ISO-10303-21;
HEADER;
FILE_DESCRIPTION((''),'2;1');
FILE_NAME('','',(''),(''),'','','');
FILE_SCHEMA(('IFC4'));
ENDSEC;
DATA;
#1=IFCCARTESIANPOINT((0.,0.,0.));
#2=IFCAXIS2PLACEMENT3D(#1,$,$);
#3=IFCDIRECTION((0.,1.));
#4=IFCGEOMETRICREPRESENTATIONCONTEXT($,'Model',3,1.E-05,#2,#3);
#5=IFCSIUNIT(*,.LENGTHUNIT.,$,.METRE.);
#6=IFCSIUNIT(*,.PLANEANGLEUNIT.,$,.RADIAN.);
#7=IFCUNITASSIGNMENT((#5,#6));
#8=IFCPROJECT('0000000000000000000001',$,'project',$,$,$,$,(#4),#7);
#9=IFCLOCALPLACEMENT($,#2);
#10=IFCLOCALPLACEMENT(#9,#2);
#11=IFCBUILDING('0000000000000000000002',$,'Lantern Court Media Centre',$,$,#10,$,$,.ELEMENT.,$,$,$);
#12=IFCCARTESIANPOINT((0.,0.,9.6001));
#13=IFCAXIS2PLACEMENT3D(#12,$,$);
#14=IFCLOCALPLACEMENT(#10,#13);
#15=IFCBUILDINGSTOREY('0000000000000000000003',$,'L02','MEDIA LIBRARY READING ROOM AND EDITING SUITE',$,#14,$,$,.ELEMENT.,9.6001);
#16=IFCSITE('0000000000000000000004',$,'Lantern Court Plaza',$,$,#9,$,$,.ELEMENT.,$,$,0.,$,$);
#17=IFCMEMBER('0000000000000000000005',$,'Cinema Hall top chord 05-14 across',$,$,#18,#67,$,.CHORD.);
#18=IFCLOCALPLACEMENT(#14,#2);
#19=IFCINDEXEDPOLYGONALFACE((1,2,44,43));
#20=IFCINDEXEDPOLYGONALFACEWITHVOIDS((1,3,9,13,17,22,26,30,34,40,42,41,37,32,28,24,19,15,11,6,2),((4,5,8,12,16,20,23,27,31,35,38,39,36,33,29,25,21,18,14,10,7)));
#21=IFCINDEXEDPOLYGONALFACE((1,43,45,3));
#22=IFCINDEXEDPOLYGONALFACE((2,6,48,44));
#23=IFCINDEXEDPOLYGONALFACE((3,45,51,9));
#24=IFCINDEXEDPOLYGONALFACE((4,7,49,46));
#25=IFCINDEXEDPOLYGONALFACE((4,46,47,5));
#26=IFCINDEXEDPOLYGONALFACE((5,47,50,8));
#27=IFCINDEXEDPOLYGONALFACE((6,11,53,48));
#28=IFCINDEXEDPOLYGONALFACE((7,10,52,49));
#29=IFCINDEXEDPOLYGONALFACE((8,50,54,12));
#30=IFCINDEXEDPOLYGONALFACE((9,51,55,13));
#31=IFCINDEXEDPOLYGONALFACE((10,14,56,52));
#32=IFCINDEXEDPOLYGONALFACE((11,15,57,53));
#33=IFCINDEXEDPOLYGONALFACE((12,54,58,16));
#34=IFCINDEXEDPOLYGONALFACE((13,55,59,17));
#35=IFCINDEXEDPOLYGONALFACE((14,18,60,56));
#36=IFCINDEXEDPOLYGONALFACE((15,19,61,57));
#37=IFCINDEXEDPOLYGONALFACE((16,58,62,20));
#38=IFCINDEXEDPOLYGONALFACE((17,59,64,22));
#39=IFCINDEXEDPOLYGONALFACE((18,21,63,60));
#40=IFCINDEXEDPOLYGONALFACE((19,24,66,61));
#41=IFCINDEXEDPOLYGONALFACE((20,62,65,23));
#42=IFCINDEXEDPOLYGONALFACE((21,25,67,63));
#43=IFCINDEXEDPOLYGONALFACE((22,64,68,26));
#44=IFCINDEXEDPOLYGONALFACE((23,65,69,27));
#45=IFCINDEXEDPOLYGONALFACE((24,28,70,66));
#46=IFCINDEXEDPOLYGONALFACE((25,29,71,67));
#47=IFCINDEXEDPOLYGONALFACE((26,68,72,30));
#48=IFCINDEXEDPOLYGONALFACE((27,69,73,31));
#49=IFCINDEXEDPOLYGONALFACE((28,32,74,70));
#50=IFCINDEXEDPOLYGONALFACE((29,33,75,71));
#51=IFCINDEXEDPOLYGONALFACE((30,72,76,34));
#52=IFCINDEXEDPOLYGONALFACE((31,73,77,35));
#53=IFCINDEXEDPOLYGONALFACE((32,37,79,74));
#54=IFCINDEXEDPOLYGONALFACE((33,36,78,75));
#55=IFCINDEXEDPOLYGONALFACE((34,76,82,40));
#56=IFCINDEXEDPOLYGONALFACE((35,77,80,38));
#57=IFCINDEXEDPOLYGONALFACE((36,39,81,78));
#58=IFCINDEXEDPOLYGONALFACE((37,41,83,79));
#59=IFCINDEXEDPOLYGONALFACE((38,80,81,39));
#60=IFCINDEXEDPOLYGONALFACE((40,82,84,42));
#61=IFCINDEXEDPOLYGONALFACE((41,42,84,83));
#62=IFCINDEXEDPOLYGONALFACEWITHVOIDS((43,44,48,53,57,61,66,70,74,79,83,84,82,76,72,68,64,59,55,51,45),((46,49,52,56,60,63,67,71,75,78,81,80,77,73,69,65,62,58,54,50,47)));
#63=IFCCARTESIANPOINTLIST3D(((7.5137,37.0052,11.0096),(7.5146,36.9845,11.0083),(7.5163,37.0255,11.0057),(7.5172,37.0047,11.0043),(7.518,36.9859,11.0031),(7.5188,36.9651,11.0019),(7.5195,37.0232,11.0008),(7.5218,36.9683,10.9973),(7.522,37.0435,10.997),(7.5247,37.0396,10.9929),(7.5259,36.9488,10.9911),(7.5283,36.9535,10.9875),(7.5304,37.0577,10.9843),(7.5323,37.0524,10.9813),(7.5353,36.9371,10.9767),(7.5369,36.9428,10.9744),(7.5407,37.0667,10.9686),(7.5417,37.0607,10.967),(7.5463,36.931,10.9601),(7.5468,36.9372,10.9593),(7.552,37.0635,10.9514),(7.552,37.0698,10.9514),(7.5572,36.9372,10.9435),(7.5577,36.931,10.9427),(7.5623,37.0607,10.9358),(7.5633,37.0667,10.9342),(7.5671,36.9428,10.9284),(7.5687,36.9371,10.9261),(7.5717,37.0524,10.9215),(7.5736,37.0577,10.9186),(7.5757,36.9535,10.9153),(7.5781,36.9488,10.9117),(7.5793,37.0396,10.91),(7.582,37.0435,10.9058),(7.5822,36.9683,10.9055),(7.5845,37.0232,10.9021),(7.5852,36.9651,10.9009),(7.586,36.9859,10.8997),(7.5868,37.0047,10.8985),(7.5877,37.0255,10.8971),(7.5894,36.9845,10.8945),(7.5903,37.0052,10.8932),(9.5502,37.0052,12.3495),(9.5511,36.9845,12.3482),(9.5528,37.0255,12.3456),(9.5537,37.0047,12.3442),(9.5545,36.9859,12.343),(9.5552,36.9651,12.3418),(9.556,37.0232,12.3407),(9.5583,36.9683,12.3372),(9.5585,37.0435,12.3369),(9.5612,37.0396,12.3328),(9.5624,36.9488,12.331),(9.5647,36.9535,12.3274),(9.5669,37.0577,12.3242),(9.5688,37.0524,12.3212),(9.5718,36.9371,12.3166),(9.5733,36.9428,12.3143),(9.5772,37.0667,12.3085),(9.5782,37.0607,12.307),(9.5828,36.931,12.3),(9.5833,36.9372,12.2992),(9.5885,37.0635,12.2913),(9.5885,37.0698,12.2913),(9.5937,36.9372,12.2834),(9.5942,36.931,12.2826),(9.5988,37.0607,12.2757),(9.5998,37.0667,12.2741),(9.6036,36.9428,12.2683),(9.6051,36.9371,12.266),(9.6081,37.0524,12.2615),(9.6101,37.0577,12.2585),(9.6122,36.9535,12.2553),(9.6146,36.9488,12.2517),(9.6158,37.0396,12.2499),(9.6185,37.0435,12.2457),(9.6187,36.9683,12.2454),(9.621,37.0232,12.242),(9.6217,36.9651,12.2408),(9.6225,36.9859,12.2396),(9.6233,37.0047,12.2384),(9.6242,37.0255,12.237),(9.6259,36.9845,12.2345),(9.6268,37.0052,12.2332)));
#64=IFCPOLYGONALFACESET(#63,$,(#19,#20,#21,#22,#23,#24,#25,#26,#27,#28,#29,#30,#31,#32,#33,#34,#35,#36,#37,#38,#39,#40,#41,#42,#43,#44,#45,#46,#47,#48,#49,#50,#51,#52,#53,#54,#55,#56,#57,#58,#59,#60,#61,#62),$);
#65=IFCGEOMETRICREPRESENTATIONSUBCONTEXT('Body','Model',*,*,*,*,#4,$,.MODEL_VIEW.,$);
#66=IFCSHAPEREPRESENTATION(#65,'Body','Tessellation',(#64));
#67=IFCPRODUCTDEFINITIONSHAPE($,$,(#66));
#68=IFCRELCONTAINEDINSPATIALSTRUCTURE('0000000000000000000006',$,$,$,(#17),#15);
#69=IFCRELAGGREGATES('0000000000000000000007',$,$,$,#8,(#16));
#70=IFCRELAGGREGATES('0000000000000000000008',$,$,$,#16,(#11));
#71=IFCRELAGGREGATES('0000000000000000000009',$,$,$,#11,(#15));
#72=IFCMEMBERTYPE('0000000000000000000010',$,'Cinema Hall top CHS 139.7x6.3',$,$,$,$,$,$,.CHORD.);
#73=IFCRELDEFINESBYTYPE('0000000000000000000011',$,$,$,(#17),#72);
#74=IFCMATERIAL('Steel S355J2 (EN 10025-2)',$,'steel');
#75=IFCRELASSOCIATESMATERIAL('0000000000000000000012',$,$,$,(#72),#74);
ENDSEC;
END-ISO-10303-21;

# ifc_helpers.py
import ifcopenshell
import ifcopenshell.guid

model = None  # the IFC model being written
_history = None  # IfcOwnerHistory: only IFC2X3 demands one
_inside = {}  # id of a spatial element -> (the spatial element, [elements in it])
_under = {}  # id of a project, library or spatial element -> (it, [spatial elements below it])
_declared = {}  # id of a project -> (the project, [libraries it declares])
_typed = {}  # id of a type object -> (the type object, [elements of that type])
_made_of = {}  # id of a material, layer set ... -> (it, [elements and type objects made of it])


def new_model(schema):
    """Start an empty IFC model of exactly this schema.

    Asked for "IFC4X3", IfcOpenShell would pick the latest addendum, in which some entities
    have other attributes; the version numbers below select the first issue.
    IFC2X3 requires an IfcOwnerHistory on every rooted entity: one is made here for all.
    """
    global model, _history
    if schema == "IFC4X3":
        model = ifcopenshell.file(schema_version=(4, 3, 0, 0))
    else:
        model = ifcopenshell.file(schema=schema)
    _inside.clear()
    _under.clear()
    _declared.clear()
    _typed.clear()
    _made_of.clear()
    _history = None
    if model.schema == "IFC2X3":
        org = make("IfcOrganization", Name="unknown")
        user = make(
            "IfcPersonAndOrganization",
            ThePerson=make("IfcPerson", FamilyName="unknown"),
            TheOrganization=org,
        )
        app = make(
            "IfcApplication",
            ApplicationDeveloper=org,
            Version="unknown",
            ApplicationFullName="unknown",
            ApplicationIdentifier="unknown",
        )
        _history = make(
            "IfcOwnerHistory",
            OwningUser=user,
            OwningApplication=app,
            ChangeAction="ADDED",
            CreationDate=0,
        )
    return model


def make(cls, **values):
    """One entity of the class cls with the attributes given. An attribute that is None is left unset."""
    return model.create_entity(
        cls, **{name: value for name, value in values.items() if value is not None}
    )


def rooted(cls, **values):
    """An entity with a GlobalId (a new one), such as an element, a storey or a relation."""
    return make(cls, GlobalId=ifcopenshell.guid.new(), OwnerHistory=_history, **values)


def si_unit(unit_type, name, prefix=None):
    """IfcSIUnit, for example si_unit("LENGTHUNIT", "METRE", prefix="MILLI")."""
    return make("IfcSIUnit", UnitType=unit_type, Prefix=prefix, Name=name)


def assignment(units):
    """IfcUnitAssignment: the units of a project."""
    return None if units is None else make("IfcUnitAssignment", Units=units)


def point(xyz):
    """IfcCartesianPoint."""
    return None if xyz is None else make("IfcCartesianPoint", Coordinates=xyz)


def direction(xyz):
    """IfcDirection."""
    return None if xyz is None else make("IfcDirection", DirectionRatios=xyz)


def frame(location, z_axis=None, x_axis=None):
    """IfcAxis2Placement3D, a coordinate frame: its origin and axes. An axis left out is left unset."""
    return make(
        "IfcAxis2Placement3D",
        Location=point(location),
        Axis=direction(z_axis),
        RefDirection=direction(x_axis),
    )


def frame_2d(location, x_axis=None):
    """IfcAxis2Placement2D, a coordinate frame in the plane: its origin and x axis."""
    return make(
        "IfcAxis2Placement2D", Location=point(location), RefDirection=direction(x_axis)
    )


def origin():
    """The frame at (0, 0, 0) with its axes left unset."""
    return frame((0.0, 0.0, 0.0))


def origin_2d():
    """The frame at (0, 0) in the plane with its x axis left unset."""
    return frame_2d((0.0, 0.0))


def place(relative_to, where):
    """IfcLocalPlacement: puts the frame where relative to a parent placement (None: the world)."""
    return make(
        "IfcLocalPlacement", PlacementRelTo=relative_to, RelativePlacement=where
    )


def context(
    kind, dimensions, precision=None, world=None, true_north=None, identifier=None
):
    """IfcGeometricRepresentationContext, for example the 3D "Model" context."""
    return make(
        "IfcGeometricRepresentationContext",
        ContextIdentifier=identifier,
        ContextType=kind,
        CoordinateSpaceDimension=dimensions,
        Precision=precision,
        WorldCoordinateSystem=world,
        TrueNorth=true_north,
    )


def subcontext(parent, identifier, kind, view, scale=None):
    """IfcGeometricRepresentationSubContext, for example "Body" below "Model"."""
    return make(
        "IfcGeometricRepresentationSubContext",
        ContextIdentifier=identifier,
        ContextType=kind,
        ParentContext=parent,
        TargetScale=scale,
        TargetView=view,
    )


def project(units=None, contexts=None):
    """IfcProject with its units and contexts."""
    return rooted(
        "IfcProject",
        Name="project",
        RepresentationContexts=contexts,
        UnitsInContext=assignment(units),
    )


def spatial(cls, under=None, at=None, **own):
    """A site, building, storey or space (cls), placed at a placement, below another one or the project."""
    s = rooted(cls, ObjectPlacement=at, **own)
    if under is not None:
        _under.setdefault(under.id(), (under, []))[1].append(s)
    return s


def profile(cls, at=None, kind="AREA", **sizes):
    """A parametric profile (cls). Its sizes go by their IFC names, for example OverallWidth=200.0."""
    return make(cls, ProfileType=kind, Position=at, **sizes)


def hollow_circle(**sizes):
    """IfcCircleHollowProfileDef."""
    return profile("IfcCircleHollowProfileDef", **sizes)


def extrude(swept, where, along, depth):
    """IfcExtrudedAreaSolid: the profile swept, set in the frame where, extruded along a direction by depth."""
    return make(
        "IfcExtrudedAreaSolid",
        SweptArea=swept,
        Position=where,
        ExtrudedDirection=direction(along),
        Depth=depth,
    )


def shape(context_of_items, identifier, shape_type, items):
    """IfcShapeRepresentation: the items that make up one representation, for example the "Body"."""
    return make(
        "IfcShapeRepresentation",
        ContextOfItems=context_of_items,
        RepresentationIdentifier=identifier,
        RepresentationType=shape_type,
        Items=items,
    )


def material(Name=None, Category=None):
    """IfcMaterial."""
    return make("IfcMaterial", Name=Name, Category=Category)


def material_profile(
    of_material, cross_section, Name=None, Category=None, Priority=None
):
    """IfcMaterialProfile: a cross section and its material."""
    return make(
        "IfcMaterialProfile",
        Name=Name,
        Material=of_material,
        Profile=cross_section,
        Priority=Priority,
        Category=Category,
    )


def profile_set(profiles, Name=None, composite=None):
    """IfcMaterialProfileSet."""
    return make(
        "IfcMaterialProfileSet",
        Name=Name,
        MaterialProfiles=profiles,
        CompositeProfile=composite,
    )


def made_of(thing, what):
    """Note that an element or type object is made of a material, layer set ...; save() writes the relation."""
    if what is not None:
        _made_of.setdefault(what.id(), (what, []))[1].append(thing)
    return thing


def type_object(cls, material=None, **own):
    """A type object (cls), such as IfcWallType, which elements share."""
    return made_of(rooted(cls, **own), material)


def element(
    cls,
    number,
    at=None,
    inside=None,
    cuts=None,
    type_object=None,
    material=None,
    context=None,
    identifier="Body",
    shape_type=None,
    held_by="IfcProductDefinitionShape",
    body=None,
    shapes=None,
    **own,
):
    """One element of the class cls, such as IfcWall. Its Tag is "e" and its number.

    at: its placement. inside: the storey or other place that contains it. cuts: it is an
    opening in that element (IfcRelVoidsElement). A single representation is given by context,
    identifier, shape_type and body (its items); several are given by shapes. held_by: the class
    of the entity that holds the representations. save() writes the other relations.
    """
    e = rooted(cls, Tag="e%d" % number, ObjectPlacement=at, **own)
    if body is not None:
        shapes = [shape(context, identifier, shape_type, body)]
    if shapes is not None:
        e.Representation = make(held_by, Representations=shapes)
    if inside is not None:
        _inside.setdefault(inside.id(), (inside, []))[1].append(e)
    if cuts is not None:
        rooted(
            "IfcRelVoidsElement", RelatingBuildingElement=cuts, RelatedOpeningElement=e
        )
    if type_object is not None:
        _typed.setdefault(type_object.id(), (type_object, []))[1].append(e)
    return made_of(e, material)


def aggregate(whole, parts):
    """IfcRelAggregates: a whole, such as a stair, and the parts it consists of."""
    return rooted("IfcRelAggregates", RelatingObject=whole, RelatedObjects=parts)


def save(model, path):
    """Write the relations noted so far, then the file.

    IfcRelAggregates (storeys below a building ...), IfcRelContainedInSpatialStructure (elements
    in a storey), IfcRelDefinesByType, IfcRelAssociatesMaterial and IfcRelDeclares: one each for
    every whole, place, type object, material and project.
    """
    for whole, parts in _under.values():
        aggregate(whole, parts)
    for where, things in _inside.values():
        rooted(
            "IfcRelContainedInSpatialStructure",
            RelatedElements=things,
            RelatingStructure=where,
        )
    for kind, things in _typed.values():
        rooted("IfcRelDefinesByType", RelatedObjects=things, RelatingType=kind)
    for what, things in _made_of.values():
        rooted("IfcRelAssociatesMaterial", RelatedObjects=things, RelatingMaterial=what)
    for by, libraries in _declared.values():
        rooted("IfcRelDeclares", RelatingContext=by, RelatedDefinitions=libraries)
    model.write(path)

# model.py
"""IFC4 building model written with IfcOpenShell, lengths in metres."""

from ifc_helpers import new_model, si_unit, direction, frame, origin, origin_2d, place, context, subcontext, project, spatial, hollow_circle, extrude, material, material_profile, profile_set, type_object, element, save


model = new_model("IFC4")

# Units and contexts
model_context = context("Model", 3, precision=1e-05, world=origin(), true_north=direction((0.0, 1.0)))
body_context = subcontext(model_context, "Body", "Model", "MODEL_VIEW")
ifc_project = project(units=[si_unit("LENGTHUNIT", "METRE"), si_unit("PLANEANGLEUNIT", "RADIAN")], contexts=[model_context])

# Site, building, storey
site_placement = place(None, origin())
site = spatial("IfcSite", under=ifc_project, at=site_placement, Name="Lantern Court Plaza", CompositionType="ELEMENT", RefElevation=0.0)
building_placement = place(site_placement, origin())
building = spatial("IfcBuilding", under=site, at=building_placement, Name="Lantern Court Media Centre", CompositionType="ELEMENT")
storey_placement = place(building_placement, frame((0.0, 0.0, 9.6001)))
storey = spatial("IfcBuildingStorey", under=building, at=storey_placement, Name="L02", Description="MEDIA LIBRARY READING ROOM AND EDITING SUITE", CompositionType="ELEMENT", Elevation=9.6001)

# Member
ifc_material = material(Name="Steel S355J2 (EN 10025-2)", Category="steel")
ifc_material_profile_1 = material_profile(ifc_material, hollow_circle(Radius=0.0698, WallThickness=0.0063, at=origin_2d()), Name="Cinema Hall top CHS 139.7x6.3")
ifc_profile_set_1 = profile_set([ifc_material_profile_1], Name="Steel S355J2 (EN 10025-2)")
member_type_1 = type_object("IfcMemberType", Name="Cinema Hall top CHS 139.7x6.3", PredefinedType="CHORD", material=ifc_profile_set_1)
member_1_placement = place(storey_placement, frame((7.552, 37.0, 10.9514), z_axis=(0.835394, 0.0, 0.549651), x_axis=(0.0, 1.0, 0.0)))
element("IfcMember", 1, at=member_1_placement, inside=storey, type_object=member_type_1, Name="Cinema Hall top chord 05-14 across", PredefinedType="CHORD", context=body_context, shape_type="SweptSolid", body=[
    extrude(hollow_circle(Radius=0.0698, WallThickness=0.0063, at=origin_2d()), origin(), (0.0, 0.0, 1.0), 2.4377),
])

save(model, "model.ifc")
